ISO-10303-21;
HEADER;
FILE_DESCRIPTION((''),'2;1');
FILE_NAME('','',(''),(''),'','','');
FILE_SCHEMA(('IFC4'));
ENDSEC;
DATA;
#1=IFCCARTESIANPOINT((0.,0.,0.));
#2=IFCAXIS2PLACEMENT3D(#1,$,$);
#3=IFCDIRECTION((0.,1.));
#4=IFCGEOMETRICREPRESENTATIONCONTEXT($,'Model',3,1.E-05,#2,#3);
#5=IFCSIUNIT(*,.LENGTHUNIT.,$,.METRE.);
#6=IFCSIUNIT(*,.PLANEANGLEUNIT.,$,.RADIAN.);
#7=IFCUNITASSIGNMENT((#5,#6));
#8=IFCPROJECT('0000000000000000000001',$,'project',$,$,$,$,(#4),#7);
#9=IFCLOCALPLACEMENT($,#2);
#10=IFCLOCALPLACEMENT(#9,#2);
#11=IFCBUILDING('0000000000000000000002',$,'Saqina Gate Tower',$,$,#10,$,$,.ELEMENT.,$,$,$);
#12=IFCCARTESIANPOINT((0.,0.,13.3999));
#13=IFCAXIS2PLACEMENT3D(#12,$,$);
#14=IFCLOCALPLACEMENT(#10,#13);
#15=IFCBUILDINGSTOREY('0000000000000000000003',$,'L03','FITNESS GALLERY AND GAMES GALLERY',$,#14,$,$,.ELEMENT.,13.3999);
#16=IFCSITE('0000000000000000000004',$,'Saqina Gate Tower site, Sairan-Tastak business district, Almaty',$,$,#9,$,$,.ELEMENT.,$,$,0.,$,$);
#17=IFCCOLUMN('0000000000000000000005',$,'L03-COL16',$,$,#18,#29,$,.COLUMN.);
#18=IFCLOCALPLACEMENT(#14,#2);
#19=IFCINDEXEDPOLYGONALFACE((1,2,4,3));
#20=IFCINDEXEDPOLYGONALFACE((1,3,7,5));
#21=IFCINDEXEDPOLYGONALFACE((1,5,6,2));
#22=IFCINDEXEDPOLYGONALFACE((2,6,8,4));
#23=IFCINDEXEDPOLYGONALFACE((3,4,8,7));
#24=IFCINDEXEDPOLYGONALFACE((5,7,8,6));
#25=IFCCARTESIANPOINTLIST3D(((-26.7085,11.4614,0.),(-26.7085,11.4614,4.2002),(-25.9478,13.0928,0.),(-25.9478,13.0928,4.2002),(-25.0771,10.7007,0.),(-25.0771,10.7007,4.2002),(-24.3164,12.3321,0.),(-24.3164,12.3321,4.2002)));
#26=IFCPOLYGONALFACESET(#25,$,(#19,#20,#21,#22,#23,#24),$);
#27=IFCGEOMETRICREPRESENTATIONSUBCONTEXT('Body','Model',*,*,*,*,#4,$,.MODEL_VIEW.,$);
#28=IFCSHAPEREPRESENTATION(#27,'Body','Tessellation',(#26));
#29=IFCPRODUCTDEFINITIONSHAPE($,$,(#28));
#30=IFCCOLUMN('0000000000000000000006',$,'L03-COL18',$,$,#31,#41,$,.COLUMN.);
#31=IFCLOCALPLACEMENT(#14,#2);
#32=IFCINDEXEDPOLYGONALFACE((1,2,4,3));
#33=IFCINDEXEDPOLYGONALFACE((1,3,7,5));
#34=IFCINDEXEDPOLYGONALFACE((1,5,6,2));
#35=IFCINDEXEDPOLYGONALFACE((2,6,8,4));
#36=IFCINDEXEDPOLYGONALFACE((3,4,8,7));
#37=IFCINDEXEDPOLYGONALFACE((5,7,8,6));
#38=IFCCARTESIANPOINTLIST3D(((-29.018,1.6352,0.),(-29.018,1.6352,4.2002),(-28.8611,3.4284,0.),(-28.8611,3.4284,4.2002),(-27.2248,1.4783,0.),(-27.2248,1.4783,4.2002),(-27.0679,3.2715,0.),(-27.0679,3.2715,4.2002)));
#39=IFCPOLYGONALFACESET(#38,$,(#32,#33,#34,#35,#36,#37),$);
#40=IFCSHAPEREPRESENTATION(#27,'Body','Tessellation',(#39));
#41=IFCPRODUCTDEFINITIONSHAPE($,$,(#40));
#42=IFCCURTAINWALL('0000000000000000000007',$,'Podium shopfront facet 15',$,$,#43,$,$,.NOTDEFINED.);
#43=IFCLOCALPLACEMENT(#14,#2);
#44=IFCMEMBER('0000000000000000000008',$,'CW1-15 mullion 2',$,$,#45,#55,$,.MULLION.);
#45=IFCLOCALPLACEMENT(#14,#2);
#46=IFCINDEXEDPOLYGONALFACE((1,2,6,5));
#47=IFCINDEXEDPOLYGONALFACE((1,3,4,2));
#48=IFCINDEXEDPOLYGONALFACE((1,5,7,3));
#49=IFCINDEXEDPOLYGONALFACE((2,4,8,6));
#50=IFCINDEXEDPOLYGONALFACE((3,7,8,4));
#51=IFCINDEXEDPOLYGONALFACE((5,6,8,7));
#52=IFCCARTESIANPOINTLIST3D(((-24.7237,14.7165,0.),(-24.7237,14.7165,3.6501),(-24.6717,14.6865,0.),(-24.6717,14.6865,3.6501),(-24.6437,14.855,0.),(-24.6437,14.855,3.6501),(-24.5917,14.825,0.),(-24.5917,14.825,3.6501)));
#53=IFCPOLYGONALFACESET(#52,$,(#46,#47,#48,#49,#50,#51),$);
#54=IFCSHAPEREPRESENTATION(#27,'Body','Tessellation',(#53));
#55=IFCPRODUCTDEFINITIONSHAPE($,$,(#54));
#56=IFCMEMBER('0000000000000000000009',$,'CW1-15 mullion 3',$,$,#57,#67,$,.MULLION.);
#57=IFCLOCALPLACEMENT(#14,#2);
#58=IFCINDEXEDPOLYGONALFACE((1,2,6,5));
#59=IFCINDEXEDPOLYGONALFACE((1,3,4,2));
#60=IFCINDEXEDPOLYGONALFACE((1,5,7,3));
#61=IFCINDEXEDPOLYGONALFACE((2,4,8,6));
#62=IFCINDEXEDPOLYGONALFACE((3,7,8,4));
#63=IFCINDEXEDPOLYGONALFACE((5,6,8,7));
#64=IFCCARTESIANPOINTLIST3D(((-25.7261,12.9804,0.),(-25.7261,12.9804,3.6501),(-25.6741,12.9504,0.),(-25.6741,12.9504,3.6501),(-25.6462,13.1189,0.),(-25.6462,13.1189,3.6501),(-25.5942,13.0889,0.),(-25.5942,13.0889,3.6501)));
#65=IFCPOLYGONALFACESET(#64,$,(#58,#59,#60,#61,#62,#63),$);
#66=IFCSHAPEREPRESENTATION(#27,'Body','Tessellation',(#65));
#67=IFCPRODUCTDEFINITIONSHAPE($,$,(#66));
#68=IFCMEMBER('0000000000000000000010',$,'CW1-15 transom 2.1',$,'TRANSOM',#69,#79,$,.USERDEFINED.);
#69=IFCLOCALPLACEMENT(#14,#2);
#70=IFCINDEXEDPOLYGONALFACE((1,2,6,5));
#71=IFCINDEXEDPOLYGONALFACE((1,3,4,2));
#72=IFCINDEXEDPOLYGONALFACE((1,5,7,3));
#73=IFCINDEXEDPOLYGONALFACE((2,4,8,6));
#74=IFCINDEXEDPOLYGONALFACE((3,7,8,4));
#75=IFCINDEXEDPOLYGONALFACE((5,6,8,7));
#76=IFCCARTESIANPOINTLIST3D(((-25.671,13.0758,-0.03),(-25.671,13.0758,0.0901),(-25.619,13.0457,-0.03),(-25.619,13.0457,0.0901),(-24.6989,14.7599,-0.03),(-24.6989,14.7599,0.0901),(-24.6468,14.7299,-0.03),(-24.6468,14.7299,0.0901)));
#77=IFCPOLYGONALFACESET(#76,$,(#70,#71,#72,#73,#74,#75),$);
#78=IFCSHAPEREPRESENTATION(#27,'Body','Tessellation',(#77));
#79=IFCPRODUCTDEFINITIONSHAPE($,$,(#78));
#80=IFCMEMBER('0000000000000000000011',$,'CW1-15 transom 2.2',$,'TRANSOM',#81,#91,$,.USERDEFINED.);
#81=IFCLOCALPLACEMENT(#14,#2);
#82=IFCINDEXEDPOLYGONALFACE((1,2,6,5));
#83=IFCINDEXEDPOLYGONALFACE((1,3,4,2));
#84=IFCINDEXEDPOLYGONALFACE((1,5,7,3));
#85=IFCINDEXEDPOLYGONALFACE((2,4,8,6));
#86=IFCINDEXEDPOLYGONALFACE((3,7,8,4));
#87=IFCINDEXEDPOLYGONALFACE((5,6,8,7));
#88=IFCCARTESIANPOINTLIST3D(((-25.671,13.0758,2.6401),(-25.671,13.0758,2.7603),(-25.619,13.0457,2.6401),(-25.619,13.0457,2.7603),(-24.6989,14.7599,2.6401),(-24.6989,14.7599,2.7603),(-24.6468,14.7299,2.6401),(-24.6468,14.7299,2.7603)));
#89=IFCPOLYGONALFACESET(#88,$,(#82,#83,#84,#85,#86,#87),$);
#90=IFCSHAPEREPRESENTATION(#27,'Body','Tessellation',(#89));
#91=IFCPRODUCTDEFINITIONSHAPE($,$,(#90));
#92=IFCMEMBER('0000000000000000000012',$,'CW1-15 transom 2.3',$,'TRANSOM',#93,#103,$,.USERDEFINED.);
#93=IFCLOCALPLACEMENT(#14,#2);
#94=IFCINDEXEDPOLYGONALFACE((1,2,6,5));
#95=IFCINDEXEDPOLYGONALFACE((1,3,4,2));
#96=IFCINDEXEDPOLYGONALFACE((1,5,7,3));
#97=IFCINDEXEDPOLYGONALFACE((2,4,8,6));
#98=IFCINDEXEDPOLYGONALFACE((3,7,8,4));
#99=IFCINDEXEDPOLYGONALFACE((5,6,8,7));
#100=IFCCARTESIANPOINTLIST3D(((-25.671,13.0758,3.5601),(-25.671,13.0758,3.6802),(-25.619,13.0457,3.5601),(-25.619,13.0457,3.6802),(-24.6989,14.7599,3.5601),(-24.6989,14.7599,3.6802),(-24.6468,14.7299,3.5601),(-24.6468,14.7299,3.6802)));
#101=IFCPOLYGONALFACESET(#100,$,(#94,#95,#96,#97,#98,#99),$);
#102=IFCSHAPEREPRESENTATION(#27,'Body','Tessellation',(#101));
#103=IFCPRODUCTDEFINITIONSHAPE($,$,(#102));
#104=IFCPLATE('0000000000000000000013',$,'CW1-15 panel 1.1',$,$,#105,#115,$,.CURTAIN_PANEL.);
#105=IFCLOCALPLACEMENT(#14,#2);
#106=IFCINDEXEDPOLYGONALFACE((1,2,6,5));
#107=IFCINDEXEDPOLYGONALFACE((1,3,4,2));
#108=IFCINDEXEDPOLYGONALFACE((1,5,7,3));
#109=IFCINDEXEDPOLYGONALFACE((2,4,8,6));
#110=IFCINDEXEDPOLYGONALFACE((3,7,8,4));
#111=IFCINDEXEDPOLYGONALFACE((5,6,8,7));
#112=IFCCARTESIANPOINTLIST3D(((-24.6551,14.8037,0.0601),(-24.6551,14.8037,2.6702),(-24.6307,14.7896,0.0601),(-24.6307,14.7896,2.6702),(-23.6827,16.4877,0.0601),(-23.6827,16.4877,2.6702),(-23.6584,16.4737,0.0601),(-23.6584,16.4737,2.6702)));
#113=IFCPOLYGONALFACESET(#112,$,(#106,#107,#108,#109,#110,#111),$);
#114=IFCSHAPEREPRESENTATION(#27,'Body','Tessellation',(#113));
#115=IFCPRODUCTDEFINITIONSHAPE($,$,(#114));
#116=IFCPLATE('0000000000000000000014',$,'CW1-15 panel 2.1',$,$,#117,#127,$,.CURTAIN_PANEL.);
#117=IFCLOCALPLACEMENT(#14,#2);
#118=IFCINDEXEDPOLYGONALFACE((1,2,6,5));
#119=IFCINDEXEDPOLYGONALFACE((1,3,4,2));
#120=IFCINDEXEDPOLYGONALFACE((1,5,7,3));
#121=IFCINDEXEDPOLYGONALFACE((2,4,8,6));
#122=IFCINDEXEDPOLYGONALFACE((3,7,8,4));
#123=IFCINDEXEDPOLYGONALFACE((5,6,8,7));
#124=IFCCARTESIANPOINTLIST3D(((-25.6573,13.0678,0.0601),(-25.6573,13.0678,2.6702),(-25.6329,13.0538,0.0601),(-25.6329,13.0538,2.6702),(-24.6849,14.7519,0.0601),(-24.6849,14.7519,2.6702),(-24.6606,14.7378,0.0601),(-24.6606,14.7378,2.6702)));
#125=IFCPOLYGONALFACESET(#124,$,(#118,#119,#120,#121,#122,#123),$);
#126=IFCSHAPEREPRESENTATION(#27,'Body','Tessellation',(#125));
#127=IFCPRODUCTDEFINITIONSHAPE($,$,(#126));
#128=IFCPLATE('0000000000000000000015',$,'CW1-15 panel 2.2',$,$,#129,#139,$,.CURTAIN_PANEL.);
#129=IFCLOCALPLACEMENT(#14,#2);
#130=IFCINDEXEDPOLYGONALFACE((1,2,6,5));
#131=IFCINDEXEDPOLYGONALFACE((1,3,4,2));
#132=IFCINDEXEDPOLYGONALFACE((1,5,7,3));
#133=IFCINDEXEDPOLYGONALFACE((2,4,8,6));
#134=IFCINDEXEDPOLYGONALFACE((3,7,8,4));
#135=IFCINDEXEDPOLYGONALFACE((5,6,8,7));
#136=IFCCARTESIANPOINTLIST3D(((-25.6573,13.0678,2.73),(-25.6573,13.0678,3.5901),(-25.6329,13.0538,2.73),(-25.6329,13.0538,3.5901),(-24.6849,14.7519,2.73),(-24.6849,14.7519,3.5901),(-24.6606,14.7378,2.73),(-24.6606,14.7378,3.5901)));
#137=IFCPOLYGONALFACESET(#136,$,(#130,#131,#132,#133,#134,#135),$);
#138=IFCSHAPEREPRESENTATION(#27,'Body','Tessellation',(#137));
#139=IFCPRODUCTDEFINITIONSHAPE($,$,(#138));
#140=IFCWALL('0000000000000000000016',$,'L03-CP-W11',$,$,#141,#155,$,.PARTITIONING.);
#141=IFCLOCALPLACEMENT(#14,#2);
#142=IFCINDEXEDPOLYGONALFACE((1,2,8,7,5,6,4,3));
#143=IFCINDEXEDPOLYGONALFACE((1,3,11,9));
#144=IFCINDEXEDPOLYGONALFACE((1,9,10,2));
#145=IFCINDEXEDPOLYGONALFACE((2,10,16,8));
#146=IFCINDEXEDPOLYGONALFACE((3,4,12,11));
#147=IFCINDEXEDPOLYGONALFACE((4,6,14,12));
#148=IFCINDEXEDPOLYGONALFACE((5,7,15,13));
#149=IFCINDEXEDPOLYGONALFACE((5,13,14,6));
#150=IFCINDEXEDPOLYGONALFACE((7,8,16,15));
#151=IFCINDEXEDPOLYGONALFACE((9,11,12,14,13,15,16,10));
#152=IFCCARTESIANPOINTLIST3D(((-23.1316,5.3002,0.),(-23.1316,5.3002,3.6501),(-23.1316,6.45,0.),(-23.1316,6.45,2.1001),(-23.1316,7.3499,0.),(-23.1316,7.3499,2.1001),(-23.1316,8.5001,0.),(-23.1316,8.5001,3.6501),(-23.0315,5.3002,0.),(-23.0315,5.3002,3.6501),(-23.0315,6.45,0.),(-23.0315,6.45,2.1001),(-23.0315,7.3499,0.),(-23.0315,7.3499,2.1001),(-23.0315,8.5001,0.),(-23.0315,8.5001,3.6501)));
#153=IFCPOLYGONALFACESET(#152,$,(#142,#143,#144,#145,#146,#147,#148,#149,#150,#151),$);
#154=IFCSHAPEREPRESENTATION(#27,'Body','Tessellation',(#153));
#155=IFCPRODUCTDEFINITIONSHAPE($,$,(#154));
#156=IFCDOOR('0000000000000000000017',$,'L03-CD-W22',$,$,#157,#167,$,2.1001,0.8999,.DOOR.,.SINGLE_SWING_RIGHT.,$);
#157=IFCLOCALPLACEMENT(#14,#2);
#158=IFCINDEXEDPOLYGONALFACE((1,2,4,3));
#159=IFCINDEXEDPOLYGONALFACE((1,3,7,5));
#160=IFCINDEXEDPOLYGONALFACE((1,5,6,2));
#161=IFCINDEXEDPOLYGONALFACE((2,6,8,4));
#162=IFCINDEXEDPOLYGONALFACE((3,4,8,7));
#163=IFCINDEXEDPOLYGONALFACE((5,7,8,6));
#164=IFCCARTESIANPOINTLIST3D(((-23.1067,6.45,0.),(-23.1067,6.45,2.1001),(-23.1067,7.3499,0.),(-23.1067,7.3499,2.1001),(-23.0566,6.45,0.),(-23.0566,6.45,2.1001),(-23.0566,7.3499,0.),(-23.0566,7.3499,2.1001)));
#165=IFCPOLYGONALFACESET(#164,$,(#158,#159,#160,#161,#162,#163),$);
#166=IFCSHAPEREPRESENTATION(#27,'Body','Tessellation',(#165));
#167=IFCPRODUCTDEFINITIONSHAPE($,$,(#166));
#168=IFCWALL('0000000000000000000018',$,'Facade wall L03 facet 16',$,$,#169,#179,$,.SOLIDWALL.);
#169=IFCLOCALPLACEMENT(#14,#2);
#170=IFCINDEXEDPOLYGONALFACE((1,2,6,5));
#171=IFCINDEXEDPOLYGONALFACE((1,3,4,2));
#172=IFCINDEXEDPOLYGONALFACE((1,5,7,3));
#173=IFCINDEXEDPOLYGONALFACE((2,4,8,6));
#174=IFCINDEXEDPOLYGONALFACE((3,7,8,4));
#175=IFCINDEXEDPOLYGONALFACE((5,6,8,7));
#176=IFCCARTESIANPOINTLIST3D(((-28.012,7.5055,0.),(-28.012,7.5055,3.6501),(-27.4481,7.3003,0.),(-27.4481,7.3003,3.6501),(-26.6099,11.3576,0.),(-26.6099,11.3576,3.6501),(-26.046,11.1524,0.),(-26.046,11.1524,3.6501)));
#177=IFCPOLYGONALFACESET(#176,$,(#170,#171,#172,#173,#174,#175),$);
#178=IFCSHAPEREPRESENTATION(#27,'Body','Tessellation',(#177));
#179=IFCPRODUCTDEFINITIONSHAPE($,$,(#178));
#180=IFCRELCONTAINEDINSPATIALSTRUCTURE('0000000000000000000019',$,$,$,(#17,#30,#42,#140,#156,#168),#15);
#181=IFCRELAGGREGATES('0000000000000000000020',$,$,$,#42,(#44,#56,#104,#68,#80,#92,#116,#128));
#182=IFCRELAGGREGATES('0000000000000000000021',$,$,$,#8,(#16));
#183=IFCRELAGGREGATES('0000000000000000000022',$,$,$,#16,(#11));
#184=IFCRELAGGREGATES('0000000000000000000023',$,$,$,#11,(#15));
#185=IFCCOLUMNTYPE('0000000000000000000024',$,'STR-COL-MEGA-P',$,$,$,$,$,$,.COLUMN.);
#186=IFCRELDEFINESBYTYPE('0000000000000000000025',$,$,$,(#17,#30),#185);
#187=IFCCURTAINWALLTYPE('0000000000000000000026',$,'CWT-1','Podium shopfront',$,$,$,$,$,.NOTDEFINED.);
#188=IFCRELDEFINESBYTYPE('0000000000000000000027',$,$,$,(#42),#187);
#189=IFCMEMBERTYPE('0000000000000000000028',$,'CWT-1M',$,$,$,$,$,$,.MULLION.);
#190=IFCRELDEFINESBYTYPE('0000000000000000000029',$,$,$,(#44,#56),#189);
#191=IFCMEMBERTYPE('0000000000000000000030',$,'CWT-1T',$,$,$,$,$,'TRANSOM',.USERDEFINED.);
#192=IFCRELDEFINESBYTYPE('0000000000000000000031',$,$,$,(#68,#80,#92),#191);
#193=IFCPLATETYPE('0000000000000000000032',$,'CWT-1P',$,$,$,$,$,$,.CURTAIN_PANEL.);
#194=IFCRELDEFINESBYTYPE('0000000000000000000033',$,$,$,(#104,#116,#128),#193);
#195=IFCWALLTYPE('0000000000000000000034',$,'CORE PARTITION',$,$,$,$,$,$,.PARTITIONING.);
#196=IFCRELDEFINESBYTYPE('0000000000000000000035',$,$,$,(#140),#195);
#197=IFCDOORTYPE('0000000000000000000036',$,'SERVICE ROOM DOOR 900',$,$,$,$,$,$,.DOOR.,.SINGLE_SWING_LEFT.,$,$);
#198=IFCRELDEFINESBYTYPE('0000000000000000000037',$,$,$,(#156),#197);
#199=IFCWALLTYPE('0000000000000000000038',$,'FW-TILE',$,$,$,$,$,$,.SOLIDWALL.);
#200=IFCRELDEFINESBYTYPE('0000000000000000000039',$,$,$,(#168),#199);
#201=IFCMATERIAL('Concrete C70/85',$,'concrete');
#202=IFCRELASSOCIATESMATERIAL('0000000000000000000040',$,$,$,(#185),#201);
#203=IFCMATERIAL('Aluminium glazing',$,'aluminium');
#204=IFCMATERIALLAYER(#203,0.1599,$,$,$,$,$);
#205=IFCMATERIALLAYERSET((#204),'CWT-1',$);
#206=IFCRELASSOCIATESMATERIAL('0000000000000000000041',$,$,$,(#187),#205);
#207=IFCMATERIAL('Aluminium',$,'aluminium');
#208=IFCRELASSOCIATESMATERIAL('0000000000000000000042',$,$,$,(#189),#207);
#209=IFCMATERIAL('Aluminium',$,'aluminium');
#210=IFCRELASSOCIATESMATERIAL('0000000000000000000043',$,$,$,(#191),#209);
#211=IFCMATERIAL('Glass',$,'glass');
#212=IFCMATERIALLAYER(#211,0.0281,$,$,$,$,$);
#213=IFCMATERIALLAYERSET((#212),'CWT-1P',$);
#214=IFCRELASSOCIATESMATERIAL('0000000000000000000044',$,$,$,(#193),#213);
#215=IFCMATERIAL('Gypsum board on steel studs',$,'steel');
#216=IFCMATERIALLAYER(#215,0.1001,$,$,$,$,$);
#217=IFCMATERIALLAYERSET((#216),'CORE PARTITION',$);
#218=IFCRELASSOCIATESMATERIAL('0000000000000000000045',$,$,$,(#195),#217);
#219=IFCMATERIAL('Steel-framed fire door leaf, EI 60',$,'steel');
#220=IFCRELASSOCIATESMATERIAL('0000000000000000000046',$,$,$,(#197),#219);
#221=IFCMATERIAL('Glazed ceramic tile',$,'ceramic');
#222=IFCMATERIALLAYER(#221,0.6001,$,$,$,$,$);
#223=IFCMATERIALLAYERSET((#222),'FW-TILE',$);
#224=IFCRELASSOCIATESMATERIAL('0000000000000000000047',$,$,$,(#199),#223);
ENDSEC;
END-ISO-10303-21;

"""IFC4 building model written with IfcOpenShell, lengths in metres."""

from ifc_helpers import new_model, si_unit, direction, frame, frame_2d, origin, origin_2d, place, context, subcontext, project, spatial, rectangle, extrude, material, layer, layer_set, material_profile, profile_set, type_object, element, fill, aggregate, save


model = new_model("IFC4")

# Units and contexts
model_context = context("Model", 3, precision=1e-05, world=origin(), true_north=direction((0.0, 1.0)))
body_context = subcontext(model_context, "Body", "Model", "MODEL_VIEW")
ifc_project = project(units=[si_unit("LENGTHUNIT", "METRE"), si_unit("PLANEANGLEUNIT", "RADIAN")], contexts=[model_context])

# Site, building, storey
site_placement = place(None, origin())
site = spatial("IfcSite", under=ifc_project, at=site_placement, Name="Saqina Gate Tower site, Sairan-Tastak business district, Almaty", CompositionType="ELEMENT", RefElevation=0.0)
building_placement = place(site_placement, origin())
building = spatial("IfcBuilding", under=site, at=building_placement, Name="Saqina Gate Tower", CompositionType="ELEMENT")
storey_placement = place(building_placement, frame((0.0, 0.0, 13.3999)))
storey = spatial("IfcBuildingStorey", under=building, at=storey_placement, Name="L03", Description="FITNESS GALLERY AND GAMES GALLERY", CompositionType="ELEMENT", Elevation=13.3999)

# Columns
ifc_material_1 = material(Name="Concrete C70/85", Category="concrete")
ifc_material_profile_1 = material_profile(ifc_material_1, rectangle(XDim=1.8, YDim=1.8, at=origin_2d()), Name="RC 1800x1800")
ifc_profile_set_1 = profile_set([ifc_material_profile_1], Name="Concrete C70/85")
column_type = type_object("IfcColumnType", Name="STR-COL-MEGA-P", PredefinedType="COLUMN", material=ifc_profile_set_1)
for number, where, z_axis, x_axis, name in (
    (1, (-25.5125, 11.8967, 0.0), (0.0, 0.0, 1.0), (-0.906308, 0.422618, 0.0), "L03-COL16"),
    (2, (-28.043, 2.4534, 0.0), (0.0, 0.0, 1.0), (-0.996195, 0.087156, 0.0), "L03-COL18"),
):
    element("IfcColumn", number, at=place(storey_placement, frame(where, z_axis=z_axis, x_axis=x_axis)), inside=storey, type_object=column_type, Name=name, PredefinedType="COLUMN", context=body_context, shape_type="SweptSolid", body=[
        extrude(rectangle(XDim=1.8, YDim=1.8, at=origin_2d()), origin(), (0.0, 0.0, 1.0), 4.2002),
    ])

# Curtain wall, members, plates
ifc_material_2 = material(Name="Aluminium glazing", Category="aluminium")
ifc_layer_1 = layer(ifc_material_2, 0.1599)
ifc_layer_set_1 = layer_set([ifc_layer_1], Name="CWT-1")
curtain_wall_type = type_object("IfcCurtainWallType", Name="CWT-1", Description="Podium shopfront", PredefinedType="NOTDEFINED", material=ifc_layer_set_1)
curtain_wall_placement = place(storey_placement, origin())
curtain_wall = element("IfcCurtainWall", 3, at=curtain_wall_placement, inside=storey, type_object=curtain_wall_type, Name="Podium shopfront facet 15", PredefinedType="NOTDEFINED")
ifc_material_3 = material(Name="Aluminium", Category="aluminium")
ifc_material_profile_2 = material_profile(ifc_material_3, rectangle(XDim=0.0601, YDim=0.1599, at=origin_2d()), Name="Aluminium 60x160")
ifc_profile_set_2 = profile_set([ifc_material_profile_2], Name="Aluminium")
member_type_1 = type_object("IfcMemberType", Name="CWT-1M", PredefinedType="MULLION", material=ifc_profile_set_2)
member_1_placement = place(storey_placement, frame((-24.6577, 14.7708, 0.0), z_axis=(0.0, 0.0, 1.0), x_axis=(0.866017, -0.500014, 0.0)))
member_1 = element("IfcMember", 4, at=member_1_placement, type_object=member_type_1, Name="CW1-15 mullion 2", PredefinedType="MULLION", context=body_context, shape_type="SweptSolid", body=[
    extrude(rectangle(XDim=0.0601, YDim=0.1599, at=origin_2d()), origin(), (0.0, 0.0, 1.0), 3.6501),
])
member_2_placement = place(storey_placement, frame((-25.6602, 13.0347, 0.0), z_axis=(0.0, 0.0, 1.0), x_axis=(0.866017, -0.500014, 0.0)))
member_2 = element("IfcMember", 5, at=member_2_placement, type_object=member_type_1, Name="CW1-15 mullion 3", PredefinedType="MULLION", context=body_context, shape_type="SweptSolid", body=[
    extrude(rectangle(XDim=0.0601, YDim=0.1599, at=origin_2d()), origin(), (0.0, 0.0, 1.0), 3.6501),
])
ifc_material_4 = material(Name="Aluminium", Category="aluminium")
ifc_material_profile_3 = material_profile(ifc_material_4, rectangle(XDim=0.0601, YDim=0.1201, at=origin_2d()), Name="Aluminium 60x120")
ifc_profile_set_3 = profile_set([ifc_material_profile_3], Name="Aluminium")
member_type_2 = type_object("IfcMemberType", Name="CWT-1T", ElementType="TRANSOM", PredefinedType="USERDEFINED", material=ifc_profile_set_3)
member_3_placement = place(storey_placement, frame((-24.6729, 14.7449, 0.03), z_axis=(-0.499947, -0.866056, 0.0), x_axis=(0.866056, -0.499947, 0.0)))
member_3 = element("IfcMember", 6, at=member_3_placement, type_object=member_type_2, Name="CW1-15 transom 2.1", ObjectType="TRANSOM", PredefinedType="USERDEFINED", context=body_context, shape_type="SweptSolid", body=[
    extrude(rectangle(XDim=0.0601, YDim=0.1201, at=origin_2d()), origin(), (0.0, 0.0, 1.0), 1.9446),
])
member_4_placement = place(storey_placement, frame((-24.6729, 14.7449, 2.7002), z_axis=(-0.499947, -0.866056, 0.0), x_axis=(0.866056, -0.499947, 0.0)))
member_4 = element("IfcMember", 7, at=member_4_placement, type_object=member_type_2, Name="CW1-15 transom 2.2", ObjectType="TRANSOM", PredefinedType="USERDEFINED", context=body_context, shape_type="SweptSolid", body=[
    extrude(rectangle(XDim=0.0601, YDim=0.1201, at=origin_2d()), origin(), (0.0, 0.0, 1.0), 1.9446),
])
member_5_placement = place(storey_placement, frame((-24.6729, 14.7449, 3.6201), z_axis=(-0.499947, -0.866056, 0.0), x_axis=(0.866056, -0.499947, 0.0)))
member_5 = element("IfcMember", 8, at=member_5_placement, type_object=member_type_2, Name="CW1-15 transom 2.3", ObjectType="TRANSOM", PredefinedType="USERDEFINED", context=body_context, shape_type="SweptSolid", body=[
    extrude(rectangle(XDim=0.0601, YDim=0.1201, at=origin_2d()), origin(), (0.0, 0.0, 1.0), 1.9446),
])
ifc_material_5 = material(Name="Glass", Category="glass")
ifc_layer_2 = layer(ifc_material_5, 0.0281)
ifc_layer_set_2 = layer_set([ifc_layer_2], Name="CWT-1P")
plate_type = type_object("IfcPlateType", Name="CWT-1P", PredefinedType="CURTAIN_PANEL", material=ifc_layer_set_2)
plate_1_placement = place(storey_placement, frame((-24.1567, 15.6387, 0.0601), z_axis=(0.0, 0.0, 1.0), x_axis=(-0.500014, -0.866017, 0.0)))
plate_1 = element("IfcPlate", 9, at=plate_1_placement, type_object=plate_type, Name="CW1-15 panel 1.1", PredefinedType="CURTAIN_PANEL", context=body_context, shape_type="SweptSolid", body=[
    extrude(rectangle(XDim=1.9446, YDim=0.0281, at=origin_2d()), origin(), (0.0, 0.0, 1.0), 2.6101),
])
plate_2_placement = place(storey_placement, frame((-25.1589, 13.9028, 0.0601), z_axis=(0.0, 0.0, 1.0), x_axis=(-0.500014, -0.866017, 0.0)))
plate_2 = element("IfcPlate", 10, at=plate_2_placement, type_object=plate_type, Name="CW1-15 panel 2.1", PredefinedType="CURTAIN_PANEL", context=body_context, shape_type="SweptSolid", body=[
    extrude(rectangle(XDim=1.9446, YDim=0.0281, at=origin_2d()), origin(), (0.0, 0.0, 1.0), 2.6101),
])
plate_3_placement = place(storey_placement, frame((-25.1589, 13.9028, 2.73), z_axis=(0.0, 0.0, 1.0), x_axis=(-0.500014, -0.866017, 0.0)))
plate_3 = element("IfcPlate", 11, at=plate_3_placement, type_object=plate_type, Name="CW1-15 panel 2.2", PredefinedType="CURTAIN_PANEL", context=body_context, shape_type="SweptSolid", body=[
    extrude(rectangle(XDim=1.9446, YDim=0.0281, at=origin_2d()), origin(), (0.0, 0.0, 1.0), 0.8601),
])
aggregate(curtain_wall, [member_1, member_2, plate_1, member_3, member_4, member_5, plate_2, plate_3])

# Wall, opening, door
ifc_material_6 = material(Name="Gypsum board on steel studs", Category="steel")
ifc_layer_3 = layer(ifc_material_6, 0.1001)
ifc_layer_set_3 = layer_set([ifc_layer_3], Name="CORE PARTITION")
wall_type_1 = type_object("IfcWallType", Name="CORE PARTITION", PredefinedType="PARTITIONING", material=ifc_layer_set_3)
wall_1_placement = place(storey_placement, frame((-23.0815, 5.3, 0.0), z_axis=(0.0, 0.0, 1.0), x_axis=(0.0, 1.0, 0.0)))
wall_1 = element("IfcWall", 12, at=wall_1_placement, inside=storey, type_object=wall_type_1, Name="L03-CP-W11", PredefinedType="PARTITIONING", context=body_context, shape_type="SweptSolid", body=[
    extrude(rectangle(XDim=3.2, YDim=0.1001, at=frame_2d((1.6001, 0.0))), origin(), (0.0, 0.0, 1.0), 3.6501),
])
opening_1_placement = place(wall_1_placement, frame((1.1499, 0.0, 0.0)))
opening_1 = element("IfcOpeningElement", 13, at=opening_1_placement, cuts=wall_1, PredefinedType="OPENING", context=body_context, shape_type="SweptSolid", body=[
    extrude(rectangle(XDim=0.8999, YDim=2.1001, at=frame_2d((0.45, 1.05))), frame((0.0, 0.062, 0.0), z_axis=(0.0, -1.0, 0.0), x_axis=(1.0, 0.0, 0.0)), (0.0, 0.0, 1.0), 0.124),
])
ifc_material_7 = material(Name="Steel-framed fire door leaf, EI 60", Category="steel")
door_type_1 = type_object("IfcDoorType", Name="SERVICE ROOM DOOR 900", OperationType="SINGLE_SWING_LEFT", PredefinedType="DOOR", material=ifc_material_7)
door_1_placement = place(opening_1_placement, frame((0.8999, 0.0, 0.0), z_axis=(0.0, 0.0, 1.0), x_axis=(-1.0, 0.0, 0.0)))
door_1 = element("IfcDoor", 14, at=door_1_placement, inside=storey, type_object=door_type_1, Name="L03-CD-W22", OperationType="SINGLE_SWING_RIGHT", OverallHeight=2.1001, OverallWidth=0.8999, PredefinedType="DOOR", context=body_context, shape_type="SweptSolid", body=[
    extrude(rectangle(XDim=0.8999, YDim=2.1001, at=frame_2d((0.45, 1.05))), frame((0.0, 0.0249, 0.0), z_axis=(0.0, -1.0, 0.0), x_axis=(1.0, 0.0, 0.0)), (0.0, 0.0, 1.0), 0.05),
])
fill(opening_1, door_1)

# Wall
ifc_material_8 = material(Name="Glazed ceramic tile", Category="ceramic")
ifc_layer_4 = layer(ifc_material_8, 0.6001)
ifc_layer_set_4 = layer_set([ifc_layer_4], Name="FW-TILE")
wall_type_2 = type_object("IfcWallType", Name="FW-TILE", PredefinedType="SOLIDWALL", material=ifc_layer_set_4)
wall_2_placement = place(storey_placement, frame((-26.3279, 11.2551, 0.0), z_axis=(0.0, 0.0, 1.0), x_axis=(-0.342035, -0.939687, 0.0)))
element("IfcWall", 15, at=wall_2_placement, inside=storey, type_object=wall_type_2, Name="Facade wall L03 facet 16", PredefinedType="SOLIDWALL", context=body_context, shape_type="SweptSolid", body=[
    extrude(rectangle(XDim=4.0994, YDim=0.6001, at=frame_2d((2.0498, 0.0))), origin(), (0.0, 0.0, 1.0), 3.6501),
])

save(model, "model.ifc")
